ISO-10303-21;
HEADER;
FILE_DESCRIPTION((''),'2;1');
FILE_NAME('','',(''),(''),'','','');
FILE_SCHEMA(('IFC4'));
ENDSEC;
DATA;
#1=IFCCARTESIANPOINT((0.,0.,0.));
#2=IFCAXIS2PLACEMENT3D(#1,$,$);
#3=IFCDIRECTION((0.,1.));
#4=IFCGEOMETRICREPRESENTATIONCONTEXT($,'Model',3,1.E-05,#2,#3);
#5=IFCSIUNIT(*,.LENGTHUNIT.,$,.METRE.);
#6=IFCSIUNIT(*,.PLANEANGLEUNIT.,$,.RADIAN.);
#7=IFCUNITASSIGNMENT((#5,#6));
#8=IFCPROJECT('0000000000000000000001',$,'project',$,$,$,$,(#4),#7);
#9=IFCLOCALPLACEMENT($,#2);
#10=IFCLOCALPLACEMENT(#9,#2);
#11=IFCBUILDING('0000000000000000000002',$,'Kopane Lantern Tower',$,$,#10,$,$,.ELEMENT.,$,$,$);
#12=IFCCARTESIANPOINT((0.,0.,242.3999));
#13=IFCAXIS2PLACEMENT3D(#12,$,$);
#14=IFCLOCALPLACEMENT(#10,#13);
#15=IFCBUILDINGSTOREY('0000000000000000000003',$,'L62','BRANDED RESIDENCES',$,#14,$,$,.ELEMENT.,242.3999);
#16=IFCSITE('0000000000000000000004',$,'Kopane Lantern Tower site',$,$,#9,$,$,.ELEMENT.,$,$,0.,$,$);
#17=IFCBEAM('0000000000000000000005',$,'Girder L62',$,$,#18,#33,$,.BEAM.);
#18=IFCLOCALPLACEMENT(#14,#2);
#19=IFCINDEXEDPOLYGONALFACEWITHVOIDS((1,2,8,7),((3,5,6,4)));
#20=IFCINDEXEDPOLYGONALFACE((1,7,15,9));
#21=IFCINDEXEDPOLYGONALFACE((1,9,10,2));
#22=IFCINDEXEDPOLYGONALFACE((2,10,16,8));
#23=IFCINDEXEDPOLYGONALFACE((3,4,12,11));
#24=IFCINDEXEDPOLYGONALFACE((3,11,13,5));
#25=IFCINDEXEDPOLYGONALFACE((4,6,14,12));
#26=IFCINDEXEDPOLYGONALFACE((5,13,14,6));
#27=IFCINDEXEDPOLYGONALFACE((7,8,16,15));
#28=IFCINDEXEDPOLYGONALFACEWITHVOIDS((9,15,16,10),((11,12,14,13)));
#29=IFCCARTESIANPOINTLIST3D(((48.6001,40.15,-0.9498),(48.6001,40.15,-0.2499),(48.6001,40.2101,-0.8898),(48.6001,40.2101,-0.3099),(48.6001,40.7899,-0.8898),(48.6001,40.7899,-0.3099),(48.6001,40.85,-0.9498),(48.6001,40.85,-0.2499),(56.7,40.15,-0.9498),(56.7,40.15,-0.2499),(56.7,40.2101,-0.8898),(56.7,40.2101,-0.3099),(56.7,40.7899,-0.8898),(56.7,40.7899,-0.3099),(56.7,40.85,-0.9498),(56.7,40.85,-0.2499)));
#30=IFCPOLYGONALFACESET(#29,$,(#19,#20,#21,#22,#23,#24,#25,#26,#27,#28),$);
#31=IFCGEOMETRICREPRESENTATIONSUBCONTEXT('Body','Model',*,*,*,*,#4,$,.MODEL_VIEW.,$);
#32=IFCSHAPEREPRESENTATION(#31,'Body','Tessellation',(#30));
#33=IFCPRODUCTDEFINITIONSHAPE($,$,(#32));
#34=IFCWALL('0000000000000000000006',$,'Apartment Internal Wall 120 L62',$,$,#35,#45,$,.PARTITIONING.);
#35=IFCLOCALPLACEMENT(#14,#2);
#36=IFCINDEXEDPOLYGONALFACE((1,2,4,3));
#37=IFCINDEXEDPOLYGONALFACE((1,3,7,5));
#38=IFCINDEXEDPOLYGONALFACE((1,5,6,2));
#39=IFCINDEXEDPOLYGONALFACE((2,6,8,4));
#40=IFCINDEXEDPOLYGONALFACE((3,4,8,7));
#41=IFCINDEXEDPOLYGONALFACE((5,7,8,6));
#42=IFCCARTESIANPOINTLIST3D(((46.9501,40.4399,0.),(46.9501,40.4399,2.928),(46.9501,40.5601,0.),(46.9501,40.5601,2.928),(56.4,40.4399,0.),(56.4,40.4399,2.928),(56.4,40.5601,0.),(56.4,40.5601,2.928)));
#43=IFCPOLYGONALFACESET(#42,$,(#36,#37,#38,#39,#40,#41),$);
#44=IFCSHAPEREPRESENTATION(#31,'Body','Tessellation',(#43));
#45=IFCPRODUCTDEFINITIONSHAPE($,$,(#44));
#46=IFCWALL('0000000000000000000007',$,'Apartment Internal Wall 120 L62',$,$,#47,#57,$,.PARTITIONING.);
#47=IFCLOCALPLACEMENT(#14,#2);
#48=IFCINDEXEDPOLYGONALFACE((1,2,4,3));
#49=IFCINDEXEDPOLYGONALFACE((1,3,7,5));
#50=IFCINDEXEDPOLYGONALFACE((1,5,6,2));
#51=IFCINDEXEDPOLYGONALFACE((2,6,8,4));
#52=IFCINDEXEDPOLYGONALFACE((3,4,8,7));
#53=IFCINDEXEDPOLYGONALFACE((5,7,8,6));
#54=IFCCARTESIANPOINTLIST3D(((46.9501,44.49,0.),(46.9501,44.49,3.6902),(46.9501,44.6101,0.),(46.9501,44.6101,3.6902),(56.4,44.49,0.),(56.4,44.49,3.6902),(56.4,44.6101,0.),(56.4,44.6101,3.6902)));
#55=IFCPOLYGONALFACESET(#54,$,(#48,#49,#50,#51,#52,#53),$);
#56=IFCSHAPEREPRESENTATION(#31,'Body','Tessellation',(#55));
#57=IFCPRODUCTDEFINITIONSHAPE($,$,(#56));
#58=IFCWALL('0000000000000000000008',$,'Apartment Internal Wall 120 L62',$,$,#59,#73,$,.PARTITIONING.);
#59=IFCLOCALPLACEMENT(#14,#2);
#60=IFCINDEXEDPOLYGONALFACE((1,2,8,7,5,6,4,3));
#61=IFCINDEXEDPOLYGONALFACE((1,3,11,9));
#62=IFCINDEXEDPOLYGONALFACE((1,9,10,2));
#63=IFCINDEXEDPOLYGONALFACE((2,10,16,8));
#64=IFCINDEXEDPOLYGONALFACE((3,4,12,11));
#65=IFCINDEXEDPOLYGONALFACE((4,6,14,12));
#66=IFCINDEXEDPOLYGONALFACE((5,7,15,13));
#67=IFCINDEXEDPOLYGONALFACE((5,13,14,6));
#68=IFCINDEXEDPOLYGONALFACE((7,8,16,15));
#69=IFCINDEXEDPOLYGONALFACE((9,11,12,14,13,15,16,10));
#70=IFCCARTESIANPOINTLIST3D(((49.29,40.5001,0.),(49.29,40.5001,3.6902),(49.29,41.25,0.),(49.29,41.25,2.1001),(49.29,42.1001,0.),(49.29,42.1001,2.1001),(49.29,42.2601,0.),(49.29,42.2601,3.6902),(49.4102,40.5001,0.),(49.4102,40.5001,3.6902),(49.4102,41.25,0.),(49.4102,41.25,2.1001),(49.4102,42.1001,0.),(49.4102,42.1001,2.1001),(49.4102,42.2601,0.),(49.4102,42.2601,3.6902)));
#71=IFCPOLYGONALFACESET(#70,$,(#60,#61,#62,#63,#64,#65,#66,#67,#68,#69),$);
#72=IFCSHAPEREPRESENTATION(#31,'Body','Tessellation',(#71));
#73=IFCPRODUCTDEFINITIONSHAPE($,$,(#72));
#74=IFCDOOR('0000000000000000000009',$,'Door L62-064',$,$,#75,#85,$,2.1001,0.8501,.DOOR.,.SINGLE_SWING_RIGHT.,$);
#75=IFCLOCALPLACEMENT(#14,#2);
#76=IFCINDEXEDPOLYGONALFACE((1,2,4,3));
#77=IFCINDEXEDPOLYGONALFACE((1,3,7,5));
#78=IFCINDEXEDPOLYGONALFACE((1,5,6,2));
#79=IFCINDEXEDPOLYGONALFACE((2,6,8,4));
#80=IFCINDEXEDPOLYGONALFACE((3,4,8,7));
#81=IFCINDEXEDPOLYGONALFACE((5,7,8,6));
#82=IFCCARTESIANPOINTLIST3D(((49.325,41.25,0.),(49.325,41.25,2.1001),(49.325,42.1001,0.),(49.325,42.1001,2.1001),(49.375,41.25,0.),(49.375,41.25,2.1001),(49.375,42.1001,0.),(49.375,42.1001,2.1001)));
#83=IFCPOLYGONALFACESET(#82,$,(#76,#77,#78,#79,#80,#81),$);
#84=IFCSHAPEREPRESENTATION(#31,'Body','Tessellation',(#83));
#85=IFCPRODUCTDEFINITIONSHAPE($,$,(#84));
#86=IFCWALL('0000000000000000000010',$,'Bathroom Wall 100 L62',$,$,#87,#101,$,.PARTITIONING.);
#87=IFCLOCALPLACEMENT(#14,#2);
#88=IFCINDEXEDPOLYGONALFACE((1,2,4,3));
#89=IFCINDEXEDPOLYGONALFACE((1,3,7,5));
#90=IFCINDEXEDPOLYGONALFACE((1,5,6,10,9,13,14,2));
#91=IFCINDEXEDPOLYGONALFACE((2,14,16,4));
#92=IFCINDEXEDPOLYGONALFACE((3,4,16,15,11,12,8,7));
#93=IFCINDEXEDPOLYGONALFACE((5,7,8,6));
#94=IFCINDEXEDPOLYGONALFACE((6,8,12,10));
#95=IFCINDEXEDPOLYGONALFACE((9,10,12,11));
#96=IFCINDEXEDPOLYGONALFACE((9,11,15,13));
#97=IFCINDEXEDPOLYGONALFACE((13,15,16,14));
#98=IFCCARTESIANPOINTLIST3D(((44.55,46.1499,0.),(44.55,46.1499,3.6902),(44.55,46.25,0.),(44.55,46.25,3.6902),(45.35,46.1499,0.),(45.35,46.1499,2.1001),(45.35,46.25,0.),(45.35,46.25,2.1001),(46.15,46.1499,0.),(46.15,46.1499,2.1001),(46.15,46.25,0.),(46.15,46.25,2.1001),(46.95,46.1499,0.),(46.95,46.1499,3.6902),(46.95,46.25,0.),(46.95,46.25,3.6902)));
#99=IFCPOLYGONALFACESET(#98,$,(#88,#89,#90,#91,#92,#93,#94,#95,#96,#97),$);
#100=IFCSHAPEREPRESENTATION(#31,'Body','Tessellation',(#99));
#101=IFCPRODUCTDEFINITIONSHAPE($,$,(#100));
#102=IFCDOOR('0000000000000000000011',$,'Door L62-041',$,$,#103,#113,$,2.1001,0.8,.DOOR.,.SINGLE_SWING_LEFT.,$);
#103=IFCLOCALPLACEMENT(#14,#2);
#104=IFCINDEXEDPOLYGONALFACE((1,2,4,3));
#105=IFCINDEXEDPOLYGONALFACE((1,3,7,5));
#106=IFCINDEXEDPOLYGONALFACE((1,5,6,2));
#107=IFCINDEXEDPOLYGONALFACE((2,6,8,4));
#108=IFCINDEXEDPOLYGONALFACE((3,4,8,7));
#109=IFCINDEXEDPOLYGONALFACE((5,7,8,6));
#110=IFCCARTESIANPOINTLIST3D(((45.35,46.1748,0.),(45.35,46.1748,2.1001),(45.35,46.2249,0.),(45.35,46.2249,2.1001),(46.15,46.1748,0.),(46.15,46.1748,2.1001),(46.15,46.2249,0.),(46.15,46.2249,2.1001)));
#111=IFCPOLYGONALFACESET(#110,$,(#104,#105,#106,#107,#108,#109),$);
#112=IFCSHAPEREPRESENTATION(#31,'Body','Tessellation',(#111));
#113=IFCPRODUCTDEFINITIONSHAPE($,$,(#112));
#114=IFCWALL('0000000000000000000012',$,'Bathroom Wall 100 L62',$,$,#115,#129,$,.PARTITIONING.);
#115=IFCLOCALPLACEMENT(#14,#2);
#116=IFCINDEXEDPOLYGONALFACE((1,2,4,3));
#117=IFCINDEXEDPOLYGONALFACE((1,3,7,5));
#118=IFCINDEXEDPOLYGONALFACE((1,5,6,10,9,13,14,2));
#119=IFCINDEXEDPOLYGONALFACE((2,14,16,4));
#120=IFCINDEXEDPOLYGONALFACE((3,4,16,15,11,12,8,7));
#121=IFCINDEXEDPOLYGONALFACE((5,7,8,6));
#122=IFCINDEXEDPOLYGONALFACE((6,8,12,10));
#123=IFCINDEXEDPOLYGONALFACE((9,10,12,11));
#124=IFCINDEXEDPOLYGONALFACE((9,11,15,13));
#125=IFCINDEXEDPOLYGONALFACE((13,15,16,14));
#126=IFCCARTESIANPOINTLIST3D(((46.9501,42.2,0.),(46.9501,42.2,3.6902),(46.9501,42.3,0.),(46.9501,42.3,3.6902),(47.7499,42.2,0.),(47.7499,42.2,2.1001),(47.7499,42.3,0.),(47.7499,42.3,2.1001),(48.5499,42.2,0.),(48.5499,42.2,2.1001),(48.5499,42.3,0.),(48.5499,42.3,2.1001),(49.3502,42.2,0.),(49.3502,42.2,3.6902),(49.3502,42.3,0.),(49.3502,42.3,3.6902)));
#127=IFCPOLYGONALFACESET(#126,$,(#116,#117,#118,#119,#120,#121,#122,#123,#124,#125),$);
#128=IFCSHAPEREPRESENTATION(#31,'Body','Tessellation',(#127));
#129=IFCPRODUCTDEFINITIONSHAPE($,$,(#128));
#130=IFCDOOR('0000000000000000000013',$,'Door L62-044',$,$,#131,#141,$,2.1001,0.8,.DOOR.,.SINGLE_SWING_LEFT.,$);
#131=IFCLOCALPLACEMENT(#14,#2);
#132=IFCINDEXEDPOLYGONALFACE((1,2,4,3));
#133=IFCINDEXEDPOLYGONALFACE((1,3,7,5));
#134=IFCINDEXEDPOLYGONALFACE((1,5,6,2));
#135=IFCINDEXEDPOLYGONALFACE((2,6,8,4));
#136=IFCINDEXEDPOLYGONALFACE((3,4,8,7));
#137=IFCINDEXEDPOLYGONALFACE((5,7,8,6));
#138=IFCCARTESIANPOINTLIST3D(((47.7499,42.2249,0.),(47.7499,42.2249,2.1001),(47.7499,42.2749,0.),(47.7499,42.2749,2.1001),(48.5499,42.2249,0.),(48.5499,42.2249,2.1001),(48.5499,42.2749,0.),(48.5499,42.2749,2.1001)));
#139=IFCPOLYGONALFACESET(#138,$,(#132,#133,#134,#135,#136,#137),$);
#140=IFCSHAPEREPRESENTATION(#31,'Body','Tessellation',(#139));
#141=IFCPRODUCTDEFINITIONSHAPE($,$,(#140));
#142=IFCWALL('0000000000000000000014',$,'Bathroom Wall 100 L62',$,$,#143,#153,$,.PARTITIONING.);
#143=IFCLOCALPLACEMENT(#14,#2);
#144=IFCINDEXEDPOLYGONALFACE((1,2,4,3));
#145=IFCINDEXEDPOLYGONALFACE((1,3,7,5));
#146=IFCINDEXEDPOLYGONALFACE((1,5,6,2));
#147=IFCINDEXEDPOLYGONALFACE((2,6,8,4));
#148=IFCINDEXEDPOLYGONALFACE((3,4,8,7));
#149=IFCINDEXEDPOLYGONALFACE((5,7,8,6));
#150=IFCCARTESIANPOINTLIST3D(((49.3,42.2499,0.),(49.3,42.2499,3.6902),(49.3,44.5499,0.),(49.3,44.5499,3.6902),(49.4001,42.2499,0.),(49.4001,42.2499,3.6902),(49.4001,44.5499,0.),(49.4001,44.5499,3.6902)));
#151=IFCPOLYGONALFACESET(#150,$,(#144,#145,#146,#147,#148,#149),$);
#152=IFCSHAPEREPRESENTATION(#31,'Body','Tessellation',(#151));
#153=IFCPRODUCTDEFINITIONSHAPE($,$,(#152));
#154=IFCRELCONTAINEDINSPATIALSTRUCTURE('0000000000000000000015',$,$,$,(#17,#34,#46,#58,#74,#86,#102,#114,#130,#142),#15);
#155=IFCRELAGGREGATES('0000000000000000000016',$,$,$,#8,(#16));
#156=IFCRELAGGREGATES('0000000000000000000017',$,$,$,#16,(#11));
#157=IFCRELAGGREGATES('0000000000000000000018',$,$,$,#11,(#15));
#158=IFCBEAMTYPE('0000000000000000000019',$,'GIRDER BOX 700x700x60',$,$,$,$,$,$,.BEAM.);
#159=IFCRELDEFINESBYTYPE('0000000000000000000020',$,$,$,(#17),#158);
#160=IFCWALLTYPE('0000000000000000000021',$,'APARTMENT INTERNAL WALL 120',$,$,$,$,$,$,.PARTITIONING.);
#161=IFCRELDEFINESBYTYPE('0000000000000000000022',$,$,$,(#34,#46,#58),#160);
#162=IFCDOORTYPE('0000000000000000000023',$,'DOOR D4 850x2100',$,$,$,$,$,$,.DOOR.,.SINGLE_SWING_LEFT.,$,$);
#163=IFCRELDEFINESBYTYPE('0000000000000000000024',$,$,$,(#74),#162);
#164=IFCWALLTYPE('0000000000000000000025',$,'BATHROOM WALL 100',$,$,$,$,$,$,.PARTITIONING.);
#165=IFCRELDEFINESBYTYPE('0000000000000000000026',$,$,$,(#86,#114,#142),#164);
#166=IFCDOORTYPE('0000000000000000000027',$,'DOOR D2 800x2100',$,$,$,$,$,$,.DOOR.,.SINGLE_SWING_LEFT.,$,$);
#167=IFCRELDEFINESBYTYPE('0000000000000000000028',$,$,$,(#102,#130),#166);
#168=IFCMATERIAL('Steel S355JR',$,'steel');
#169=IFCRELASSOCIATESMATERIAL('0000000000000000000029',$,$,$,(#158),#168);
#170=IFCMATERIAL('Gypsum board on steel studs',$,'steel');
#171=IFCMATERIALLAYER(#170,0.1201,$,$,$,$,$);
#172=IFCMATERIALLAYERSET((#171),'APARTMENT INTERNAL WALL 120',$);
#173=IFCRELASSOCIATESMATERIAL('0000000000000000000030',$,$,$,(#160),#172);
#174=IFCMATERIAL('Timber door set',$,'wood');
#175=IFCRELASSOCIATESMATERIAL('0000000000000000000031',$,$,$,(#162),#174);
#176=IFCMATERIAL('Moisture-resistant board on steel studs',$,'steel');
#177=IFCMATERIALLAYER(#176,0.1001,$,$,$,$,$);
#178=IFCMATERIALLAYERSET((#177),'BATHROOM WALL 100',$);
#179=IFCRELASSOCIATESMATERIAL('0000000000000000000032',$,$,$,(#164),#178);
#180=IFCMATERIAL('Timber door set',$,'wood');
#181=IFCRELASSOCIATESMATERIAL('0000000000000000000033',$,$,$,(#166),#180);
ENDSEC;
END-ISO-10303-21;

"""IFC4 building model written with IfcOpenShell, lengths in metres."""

from ifc_helpers import new_model, si_unit, direction, frame, frame_2d, origin, origin_2d, place, context, subcontext, project, spatial, rectangle, hollow_rectangle, extrude, material, layer, layer_set, material_profile, profile_set, type_object, element, fill, save


model = new_model("IFC4")

# Units and contexts
model_context = context("Model", 3, precision=1e-05, world=origin(), true_north=direction((0.0, 1.0)))
body_context = subcontext(model_context, "Body", "Model", "MODEL_VIEW")
ifc_project = project(units=[si_unit("LENGTHUNIT", "METRE"), si_unit("PLANEANGLEUNIT", "RADIAN")], contexts=[model_context])

# Site, building, storey
site_placement = place(None, origin())
site = spatial("IfcSite", under=ifc_project, at=site_placement, Name="Kopane Lantern Tower site", CompositionType="ELEMENT", RefElevation=0.0)
building_placement = place(site_placement, origin())
building = spatial("IfcBuilding", under=site, at=building_placement, Name="Kopane Lantern Tower", CompositionType="ELEMENT")
storey_placement = place(building_placement, frame((0.0, 0.0, 242.3999)))
storey = spatial("IfcBuildingStorey", under=building, at=storey_placement, Name="L62", Description="BRANDED RESIDENCES", CompositionType="ELEMENT", Elevation=242.3999)

# Beam
ifc_material_1 = material(Name="Steel S355JR", Category="steel")
ifc_material_profile_1 = material_profile(ifc_material_1, hollow_rectangle(XDim=0.7, YDim=0.7, WallThickness=0.0601, at=origin_2d()), Name="BOX 700x700x60")
ifc_profile_set_1 = profile_set([ifc_material_profile_1], Name="Steel S355JR")
beam_type = type_object("IfcBeamType", Name="GIRDER BOX 700x700x60", PredefinedType="BEAM", material=ifc_profile_set_1)
beam_1_placement = place(storey_placement, frame((48.6001, 40.5, -0.5999), z_axis=(1.0, 0.0, 0.0), x_axis=(0.0, 1.0, 0.0)))
element("IfcBeam", 1, at=beam_1_placement, inside=storey, type_object=beam_type, Name="Girder L62", PredefinedType="BEAM", context=body_context, shape_type="SweptSolid", body=[
    extrude(hollow_rectangle(XDim=0.7, YDim=0.7, WallThickness=0.0601, at=origin_2d()), origin(), (0.0, 0.0, 1.0), 8.0999),
])

# Walls
ifc_material_2 = material(Name="Gypsum board on steel studs", Category="steel")
ifc_layer_1 = layer(ifc_material_2, 0.1201)
ifc_layer_set_1 = layer_set([ifc_layer_1], Name="APARTMENT INTERNAL WALL 120")
wall_type_1 = type_object("IfcWallType", Name="APARTMENT INTERNAL WALL 120", PredefinedType="PARTITIONING", material=ifc_layer_set_1)
wall_1_placement = place(storey_placement, frame((46.95, 40.5, 0.0), z_axis=(0.0, 0.0, 1.0), x_axis=(1.0, 0.0, 0.0)))
element("IfcWall", 2, at=wall_1_placement, inside=storey, type_object=wall_type_1, Name="Apartment Internal Wall 120 L62", PredefinedType="PARTITIONING", context=body_context, shape_type="SweptSolid", body=[
    extrude(rectangle(XDim=9.45, YDim=0.1201, at=frame_2d((4.7251, 0.0))), origin(), (0.0, 0.0, 1.0), 2.928),
])
wall_2_placement = place(storey_placement, frame((46.95, 44.55, 0.0), z_axis=(0.0, 0.0, 1.0), x_axis=(1.0, 0.0, 0.0)))
element("IfcWall", 3, at=wall_2_placement, inside=storey, type_object=wall_type_1, Name="Apartment Internal Wall 120 L62", PredefinedType="PARTITIONING", context=body_context, shape_type="SweptSolid", body=[
    extrude(rectangle(XDim=9.45, YDim=0.1201, at=frame_2d((4.7251, 0.0))), origin(), (0.0, 0.0, 1.0), 3.6902),
])

# Walls, openings, doors
wall_3_placement = place(storey_placement, frame((49.3501, 42.26, 0.0), z_axis=(0.0, 0.0, 1.0), x_axis=(0.0, -1.0, 0.0)))
wall_3 = element("IfcWall", 4, at=wall_3_placement, inside=storey, type_object=wall_type_1, Name="Apartment Internal Wall 120 L62", PredefinedType="PARTITIONING", context=body_context, shape_type="SweptSolid", body=[
    extrude(rectangle(XDim=1.76, YDim=0.1201, at=frame_2d((0.8799, 0.0))), origin(), (0.0, 0.0, 1.0), 3.6902),
])
opening_1_placement = place(wall_3_placement, frame((0.1599, 0.0, 0.0)))
opening_1 = element("IfcOpeningElement", 5, at=opening_1_placement, cuts=wall_3, PredefinedType="OPENING", context=body_context, shape_type="SweptSolid", body=[
    extrude(rectangle(XDim=0.8501, YDim=2.1001, at=frame_2d((0.425, 1.05))), frame((0.0, 0.0701, 0.0), z_axis=(0.0, -1.0, 0.0), x_axis=(1.0, 0.0, 0.0)), (0.0, 0.0, 1.0), 0.1401),
])
ifc_material_3 = material(Name="Timber door set", Category="wood")
door_type_1 = type_object("IfcDoorType", Name="DOOR D4 850x2100", OperationType="SINGLE_SWING_LEFT", PredefinedType="DOOR", material=ifc_material_3)
door_1_placement = place(opening_1_placement, origin())
door_1 = element("IfcDoor", 6, at=door_1_placement, inside=storey, type_object=door_type_1, Name="Door L62-064", OperationType="SINGLE_SWING_RIGHT", OverallHeight=2.1001, OverallWidth=0.8501, PredefinedType="DOOR", context=body_context, shape_type="SweptSolid", body=[
    extrude(rectangle(XDim=0.8501, YDim=2.1001, at=frame_2d((0.425, 1.05))), frame((0.0, 0.0249, 0.0), z_axis=(0.0, -1.0, 0.0), x_axis=(1.0, 0.0, 0.0)), (0.0, 0.0, 1.0), 0.05),
])
fill(opening_1, door_1)
ifc_material_4 = material(Name="Moisture-resistant board on steel studs", Category="steel")
ifc_layer_2 = layer(ifc_material_4, 0.1001)
ifc_layer_set_2 = layer_set([ifc_layer_2], Name="BATHROOM WALL 100")
wall_type_2 = type_object("IfcWallType", Name="BATHROOM WALL 100", PredefinedType="PARTITIONING", material=ifc_layer_set_2)
wall_4_placement = place(storey_placement, frame((44.55, 46.2, 0.0), z_axis=(0.0, 0.0, 1.0), x_axis=(1.0, 0.0, 0.0)))
wall_4 = element("IfcWall", 7, at=wall_4_placement, inside=storey, type_object=wall_type_2, Name="Bathroom Wall 100 L62", PredefinedType="PARTITIONING", context=body_context, shape_type="SweptSolid", body=[
    extrude(rectangle(XDim=2.3999, YDim=0.1001, at=frame_2d((1.2, 0.0))), origin(), (0.0, 0.0, 1.0), 3.6902),
])
opening_2_placement = place(wall_4_placement, frame((0.8, 0.0, 0.0)))
opening_2 = element("IfcOpeningElement", 8, at=opening_2_placement, cuts=wall_4, PredefinedType="OPENING", context=body_context, shape_type="SweptSolid", body=[
    extrude(rectangle(XDim=0.8, YDim=2.1001, at=frame_2d((0.3999, 1.05))), frame((0.0, 0.0601, 0.0), z_axis=(0.0, -1.0, 0.0), x_axis=(1.0, 0.0, 0.0)), (0.0, 0.0, 1.0), 0.1201),
])
ifc_material_5 = material(Name="Timber door set", Category="wood")
door_type_2 = type_object("IfcDoorType", Name="DOOR D2 800x2100", OperationType="SINGLE_SWING_LEFT", PredefinedType="DOOR", material=ifc_material_5)
door_2_placement = place(opening_2_placement, origin())
door_2 = element("IfcDoor", 9, at=door_2_placement, inside=storey, type_object=door_type_2, Name="Door L62-041", OperationType="SINGLE_SWING_LEFT", OverallHeight=2.1001, OverallWidth=0.8, PredefinedType="DOOR", context=body_context, shape_type="SweptSolid", body=[
    extrude(rectangle(XDim=0.8, YDim=2.1001, at=frame_2d((0.3999, 1.05))), frame((0.0, 0.0249, 0.0), z_axis=(0.0, -1.0, 0.0), x_axis=(1.0, 0.0, 0.0)), (0.0, 0.0, 1.0), 0.05),
])
fill(opening_2, door_2)
wall_5_placement = place(storey_placement, frame((46.95, 42.25, 0.0), z_axis=(0.0, 0.0, 1.0), x_axis=(1.0, 0.0, 0.0)))
wall_5 = element("IfcWall", 10, at=wall_5_placement, inside=storey, type_object=wall_type_2, Name="Bathroom Wall 100 L62", PredefinedType="PARTITIONING", context=body_context, shape_type="SweptSolid", body=[
    extrude(rectangle(XDim=2.4001, YDim=0.1001, at=frame_2d((1.2002, 0.0))), origin(), (0.0, 0.0, 1.0), 3.6902),
])
opening_3_placement = place(wall_5_placement, frame((0.8, 0.0, 0.0)))
opening_3 = element("IfcOpeningElement", 11, at=opening_3_placement, cuts=wall_5, PredefinedType="OPENING", context=body_context, shape_type="SweptSolid", body=[
    extrude(rectangle(XDim=0.8, YDim=2.1001, at=frame_2d((0.3999, 1.05))), frame((0.0, 0.0601, 0.0), z_axis=(0.0, -1.0, 0.0), x_axis=(1.0, 0.0, 0.0)), (0.0, 0.0, 1.0), 0.1201),
])
door_3_placement = place(opening_3_placement, origin())
door_3 = element("IfcDoor", 12, at=door_3_placement, inside=storey, type_object=door_type_2, Name="Door L62-044", OperationType="SINGLE_SWING_LEFT", OverallHeight=2.1001, OverallWidth=0.8, PredefinedType="DOOR", context=body_context, shape_type="SweptSolid", body=[
    extrude(rectangle(XDim=0.8, YDim=2.1001, at=frame_2d((0.3999, 1.05))), frame((0.0, 0.0249, 0.0), z_axis=(0.0, -1.0, 0.0), x_axis=(1.0, 0.0, 0.0)), (0.0, 0.0, 1.0), 0.05),
])
fill(opening_3, door_3)

# Wall
wall_6_placement = place(storey_placement, frame((49.3501, 42.25, 0.0), z_axis=(0.0, 0.0, 1.0), x_axis=(0.0, 1.0, 0.0)))
element("IfcWall", 13, at=wall_6_placement, inside=storey, type_object=wall_type_2, Name="Bathroom Wall 100 L62", PredefinedType="PARTITIONING", context=body_context, shape_type="SweptSolid", body=[
    extrude(rectangle(XDim=2.3, YDim=0.1001, at=frame_2d((1.1499, 0.0))), origin(), (0.0, 0.0, 1.0), 3.6902),
])

save(model, "model.ifc")
